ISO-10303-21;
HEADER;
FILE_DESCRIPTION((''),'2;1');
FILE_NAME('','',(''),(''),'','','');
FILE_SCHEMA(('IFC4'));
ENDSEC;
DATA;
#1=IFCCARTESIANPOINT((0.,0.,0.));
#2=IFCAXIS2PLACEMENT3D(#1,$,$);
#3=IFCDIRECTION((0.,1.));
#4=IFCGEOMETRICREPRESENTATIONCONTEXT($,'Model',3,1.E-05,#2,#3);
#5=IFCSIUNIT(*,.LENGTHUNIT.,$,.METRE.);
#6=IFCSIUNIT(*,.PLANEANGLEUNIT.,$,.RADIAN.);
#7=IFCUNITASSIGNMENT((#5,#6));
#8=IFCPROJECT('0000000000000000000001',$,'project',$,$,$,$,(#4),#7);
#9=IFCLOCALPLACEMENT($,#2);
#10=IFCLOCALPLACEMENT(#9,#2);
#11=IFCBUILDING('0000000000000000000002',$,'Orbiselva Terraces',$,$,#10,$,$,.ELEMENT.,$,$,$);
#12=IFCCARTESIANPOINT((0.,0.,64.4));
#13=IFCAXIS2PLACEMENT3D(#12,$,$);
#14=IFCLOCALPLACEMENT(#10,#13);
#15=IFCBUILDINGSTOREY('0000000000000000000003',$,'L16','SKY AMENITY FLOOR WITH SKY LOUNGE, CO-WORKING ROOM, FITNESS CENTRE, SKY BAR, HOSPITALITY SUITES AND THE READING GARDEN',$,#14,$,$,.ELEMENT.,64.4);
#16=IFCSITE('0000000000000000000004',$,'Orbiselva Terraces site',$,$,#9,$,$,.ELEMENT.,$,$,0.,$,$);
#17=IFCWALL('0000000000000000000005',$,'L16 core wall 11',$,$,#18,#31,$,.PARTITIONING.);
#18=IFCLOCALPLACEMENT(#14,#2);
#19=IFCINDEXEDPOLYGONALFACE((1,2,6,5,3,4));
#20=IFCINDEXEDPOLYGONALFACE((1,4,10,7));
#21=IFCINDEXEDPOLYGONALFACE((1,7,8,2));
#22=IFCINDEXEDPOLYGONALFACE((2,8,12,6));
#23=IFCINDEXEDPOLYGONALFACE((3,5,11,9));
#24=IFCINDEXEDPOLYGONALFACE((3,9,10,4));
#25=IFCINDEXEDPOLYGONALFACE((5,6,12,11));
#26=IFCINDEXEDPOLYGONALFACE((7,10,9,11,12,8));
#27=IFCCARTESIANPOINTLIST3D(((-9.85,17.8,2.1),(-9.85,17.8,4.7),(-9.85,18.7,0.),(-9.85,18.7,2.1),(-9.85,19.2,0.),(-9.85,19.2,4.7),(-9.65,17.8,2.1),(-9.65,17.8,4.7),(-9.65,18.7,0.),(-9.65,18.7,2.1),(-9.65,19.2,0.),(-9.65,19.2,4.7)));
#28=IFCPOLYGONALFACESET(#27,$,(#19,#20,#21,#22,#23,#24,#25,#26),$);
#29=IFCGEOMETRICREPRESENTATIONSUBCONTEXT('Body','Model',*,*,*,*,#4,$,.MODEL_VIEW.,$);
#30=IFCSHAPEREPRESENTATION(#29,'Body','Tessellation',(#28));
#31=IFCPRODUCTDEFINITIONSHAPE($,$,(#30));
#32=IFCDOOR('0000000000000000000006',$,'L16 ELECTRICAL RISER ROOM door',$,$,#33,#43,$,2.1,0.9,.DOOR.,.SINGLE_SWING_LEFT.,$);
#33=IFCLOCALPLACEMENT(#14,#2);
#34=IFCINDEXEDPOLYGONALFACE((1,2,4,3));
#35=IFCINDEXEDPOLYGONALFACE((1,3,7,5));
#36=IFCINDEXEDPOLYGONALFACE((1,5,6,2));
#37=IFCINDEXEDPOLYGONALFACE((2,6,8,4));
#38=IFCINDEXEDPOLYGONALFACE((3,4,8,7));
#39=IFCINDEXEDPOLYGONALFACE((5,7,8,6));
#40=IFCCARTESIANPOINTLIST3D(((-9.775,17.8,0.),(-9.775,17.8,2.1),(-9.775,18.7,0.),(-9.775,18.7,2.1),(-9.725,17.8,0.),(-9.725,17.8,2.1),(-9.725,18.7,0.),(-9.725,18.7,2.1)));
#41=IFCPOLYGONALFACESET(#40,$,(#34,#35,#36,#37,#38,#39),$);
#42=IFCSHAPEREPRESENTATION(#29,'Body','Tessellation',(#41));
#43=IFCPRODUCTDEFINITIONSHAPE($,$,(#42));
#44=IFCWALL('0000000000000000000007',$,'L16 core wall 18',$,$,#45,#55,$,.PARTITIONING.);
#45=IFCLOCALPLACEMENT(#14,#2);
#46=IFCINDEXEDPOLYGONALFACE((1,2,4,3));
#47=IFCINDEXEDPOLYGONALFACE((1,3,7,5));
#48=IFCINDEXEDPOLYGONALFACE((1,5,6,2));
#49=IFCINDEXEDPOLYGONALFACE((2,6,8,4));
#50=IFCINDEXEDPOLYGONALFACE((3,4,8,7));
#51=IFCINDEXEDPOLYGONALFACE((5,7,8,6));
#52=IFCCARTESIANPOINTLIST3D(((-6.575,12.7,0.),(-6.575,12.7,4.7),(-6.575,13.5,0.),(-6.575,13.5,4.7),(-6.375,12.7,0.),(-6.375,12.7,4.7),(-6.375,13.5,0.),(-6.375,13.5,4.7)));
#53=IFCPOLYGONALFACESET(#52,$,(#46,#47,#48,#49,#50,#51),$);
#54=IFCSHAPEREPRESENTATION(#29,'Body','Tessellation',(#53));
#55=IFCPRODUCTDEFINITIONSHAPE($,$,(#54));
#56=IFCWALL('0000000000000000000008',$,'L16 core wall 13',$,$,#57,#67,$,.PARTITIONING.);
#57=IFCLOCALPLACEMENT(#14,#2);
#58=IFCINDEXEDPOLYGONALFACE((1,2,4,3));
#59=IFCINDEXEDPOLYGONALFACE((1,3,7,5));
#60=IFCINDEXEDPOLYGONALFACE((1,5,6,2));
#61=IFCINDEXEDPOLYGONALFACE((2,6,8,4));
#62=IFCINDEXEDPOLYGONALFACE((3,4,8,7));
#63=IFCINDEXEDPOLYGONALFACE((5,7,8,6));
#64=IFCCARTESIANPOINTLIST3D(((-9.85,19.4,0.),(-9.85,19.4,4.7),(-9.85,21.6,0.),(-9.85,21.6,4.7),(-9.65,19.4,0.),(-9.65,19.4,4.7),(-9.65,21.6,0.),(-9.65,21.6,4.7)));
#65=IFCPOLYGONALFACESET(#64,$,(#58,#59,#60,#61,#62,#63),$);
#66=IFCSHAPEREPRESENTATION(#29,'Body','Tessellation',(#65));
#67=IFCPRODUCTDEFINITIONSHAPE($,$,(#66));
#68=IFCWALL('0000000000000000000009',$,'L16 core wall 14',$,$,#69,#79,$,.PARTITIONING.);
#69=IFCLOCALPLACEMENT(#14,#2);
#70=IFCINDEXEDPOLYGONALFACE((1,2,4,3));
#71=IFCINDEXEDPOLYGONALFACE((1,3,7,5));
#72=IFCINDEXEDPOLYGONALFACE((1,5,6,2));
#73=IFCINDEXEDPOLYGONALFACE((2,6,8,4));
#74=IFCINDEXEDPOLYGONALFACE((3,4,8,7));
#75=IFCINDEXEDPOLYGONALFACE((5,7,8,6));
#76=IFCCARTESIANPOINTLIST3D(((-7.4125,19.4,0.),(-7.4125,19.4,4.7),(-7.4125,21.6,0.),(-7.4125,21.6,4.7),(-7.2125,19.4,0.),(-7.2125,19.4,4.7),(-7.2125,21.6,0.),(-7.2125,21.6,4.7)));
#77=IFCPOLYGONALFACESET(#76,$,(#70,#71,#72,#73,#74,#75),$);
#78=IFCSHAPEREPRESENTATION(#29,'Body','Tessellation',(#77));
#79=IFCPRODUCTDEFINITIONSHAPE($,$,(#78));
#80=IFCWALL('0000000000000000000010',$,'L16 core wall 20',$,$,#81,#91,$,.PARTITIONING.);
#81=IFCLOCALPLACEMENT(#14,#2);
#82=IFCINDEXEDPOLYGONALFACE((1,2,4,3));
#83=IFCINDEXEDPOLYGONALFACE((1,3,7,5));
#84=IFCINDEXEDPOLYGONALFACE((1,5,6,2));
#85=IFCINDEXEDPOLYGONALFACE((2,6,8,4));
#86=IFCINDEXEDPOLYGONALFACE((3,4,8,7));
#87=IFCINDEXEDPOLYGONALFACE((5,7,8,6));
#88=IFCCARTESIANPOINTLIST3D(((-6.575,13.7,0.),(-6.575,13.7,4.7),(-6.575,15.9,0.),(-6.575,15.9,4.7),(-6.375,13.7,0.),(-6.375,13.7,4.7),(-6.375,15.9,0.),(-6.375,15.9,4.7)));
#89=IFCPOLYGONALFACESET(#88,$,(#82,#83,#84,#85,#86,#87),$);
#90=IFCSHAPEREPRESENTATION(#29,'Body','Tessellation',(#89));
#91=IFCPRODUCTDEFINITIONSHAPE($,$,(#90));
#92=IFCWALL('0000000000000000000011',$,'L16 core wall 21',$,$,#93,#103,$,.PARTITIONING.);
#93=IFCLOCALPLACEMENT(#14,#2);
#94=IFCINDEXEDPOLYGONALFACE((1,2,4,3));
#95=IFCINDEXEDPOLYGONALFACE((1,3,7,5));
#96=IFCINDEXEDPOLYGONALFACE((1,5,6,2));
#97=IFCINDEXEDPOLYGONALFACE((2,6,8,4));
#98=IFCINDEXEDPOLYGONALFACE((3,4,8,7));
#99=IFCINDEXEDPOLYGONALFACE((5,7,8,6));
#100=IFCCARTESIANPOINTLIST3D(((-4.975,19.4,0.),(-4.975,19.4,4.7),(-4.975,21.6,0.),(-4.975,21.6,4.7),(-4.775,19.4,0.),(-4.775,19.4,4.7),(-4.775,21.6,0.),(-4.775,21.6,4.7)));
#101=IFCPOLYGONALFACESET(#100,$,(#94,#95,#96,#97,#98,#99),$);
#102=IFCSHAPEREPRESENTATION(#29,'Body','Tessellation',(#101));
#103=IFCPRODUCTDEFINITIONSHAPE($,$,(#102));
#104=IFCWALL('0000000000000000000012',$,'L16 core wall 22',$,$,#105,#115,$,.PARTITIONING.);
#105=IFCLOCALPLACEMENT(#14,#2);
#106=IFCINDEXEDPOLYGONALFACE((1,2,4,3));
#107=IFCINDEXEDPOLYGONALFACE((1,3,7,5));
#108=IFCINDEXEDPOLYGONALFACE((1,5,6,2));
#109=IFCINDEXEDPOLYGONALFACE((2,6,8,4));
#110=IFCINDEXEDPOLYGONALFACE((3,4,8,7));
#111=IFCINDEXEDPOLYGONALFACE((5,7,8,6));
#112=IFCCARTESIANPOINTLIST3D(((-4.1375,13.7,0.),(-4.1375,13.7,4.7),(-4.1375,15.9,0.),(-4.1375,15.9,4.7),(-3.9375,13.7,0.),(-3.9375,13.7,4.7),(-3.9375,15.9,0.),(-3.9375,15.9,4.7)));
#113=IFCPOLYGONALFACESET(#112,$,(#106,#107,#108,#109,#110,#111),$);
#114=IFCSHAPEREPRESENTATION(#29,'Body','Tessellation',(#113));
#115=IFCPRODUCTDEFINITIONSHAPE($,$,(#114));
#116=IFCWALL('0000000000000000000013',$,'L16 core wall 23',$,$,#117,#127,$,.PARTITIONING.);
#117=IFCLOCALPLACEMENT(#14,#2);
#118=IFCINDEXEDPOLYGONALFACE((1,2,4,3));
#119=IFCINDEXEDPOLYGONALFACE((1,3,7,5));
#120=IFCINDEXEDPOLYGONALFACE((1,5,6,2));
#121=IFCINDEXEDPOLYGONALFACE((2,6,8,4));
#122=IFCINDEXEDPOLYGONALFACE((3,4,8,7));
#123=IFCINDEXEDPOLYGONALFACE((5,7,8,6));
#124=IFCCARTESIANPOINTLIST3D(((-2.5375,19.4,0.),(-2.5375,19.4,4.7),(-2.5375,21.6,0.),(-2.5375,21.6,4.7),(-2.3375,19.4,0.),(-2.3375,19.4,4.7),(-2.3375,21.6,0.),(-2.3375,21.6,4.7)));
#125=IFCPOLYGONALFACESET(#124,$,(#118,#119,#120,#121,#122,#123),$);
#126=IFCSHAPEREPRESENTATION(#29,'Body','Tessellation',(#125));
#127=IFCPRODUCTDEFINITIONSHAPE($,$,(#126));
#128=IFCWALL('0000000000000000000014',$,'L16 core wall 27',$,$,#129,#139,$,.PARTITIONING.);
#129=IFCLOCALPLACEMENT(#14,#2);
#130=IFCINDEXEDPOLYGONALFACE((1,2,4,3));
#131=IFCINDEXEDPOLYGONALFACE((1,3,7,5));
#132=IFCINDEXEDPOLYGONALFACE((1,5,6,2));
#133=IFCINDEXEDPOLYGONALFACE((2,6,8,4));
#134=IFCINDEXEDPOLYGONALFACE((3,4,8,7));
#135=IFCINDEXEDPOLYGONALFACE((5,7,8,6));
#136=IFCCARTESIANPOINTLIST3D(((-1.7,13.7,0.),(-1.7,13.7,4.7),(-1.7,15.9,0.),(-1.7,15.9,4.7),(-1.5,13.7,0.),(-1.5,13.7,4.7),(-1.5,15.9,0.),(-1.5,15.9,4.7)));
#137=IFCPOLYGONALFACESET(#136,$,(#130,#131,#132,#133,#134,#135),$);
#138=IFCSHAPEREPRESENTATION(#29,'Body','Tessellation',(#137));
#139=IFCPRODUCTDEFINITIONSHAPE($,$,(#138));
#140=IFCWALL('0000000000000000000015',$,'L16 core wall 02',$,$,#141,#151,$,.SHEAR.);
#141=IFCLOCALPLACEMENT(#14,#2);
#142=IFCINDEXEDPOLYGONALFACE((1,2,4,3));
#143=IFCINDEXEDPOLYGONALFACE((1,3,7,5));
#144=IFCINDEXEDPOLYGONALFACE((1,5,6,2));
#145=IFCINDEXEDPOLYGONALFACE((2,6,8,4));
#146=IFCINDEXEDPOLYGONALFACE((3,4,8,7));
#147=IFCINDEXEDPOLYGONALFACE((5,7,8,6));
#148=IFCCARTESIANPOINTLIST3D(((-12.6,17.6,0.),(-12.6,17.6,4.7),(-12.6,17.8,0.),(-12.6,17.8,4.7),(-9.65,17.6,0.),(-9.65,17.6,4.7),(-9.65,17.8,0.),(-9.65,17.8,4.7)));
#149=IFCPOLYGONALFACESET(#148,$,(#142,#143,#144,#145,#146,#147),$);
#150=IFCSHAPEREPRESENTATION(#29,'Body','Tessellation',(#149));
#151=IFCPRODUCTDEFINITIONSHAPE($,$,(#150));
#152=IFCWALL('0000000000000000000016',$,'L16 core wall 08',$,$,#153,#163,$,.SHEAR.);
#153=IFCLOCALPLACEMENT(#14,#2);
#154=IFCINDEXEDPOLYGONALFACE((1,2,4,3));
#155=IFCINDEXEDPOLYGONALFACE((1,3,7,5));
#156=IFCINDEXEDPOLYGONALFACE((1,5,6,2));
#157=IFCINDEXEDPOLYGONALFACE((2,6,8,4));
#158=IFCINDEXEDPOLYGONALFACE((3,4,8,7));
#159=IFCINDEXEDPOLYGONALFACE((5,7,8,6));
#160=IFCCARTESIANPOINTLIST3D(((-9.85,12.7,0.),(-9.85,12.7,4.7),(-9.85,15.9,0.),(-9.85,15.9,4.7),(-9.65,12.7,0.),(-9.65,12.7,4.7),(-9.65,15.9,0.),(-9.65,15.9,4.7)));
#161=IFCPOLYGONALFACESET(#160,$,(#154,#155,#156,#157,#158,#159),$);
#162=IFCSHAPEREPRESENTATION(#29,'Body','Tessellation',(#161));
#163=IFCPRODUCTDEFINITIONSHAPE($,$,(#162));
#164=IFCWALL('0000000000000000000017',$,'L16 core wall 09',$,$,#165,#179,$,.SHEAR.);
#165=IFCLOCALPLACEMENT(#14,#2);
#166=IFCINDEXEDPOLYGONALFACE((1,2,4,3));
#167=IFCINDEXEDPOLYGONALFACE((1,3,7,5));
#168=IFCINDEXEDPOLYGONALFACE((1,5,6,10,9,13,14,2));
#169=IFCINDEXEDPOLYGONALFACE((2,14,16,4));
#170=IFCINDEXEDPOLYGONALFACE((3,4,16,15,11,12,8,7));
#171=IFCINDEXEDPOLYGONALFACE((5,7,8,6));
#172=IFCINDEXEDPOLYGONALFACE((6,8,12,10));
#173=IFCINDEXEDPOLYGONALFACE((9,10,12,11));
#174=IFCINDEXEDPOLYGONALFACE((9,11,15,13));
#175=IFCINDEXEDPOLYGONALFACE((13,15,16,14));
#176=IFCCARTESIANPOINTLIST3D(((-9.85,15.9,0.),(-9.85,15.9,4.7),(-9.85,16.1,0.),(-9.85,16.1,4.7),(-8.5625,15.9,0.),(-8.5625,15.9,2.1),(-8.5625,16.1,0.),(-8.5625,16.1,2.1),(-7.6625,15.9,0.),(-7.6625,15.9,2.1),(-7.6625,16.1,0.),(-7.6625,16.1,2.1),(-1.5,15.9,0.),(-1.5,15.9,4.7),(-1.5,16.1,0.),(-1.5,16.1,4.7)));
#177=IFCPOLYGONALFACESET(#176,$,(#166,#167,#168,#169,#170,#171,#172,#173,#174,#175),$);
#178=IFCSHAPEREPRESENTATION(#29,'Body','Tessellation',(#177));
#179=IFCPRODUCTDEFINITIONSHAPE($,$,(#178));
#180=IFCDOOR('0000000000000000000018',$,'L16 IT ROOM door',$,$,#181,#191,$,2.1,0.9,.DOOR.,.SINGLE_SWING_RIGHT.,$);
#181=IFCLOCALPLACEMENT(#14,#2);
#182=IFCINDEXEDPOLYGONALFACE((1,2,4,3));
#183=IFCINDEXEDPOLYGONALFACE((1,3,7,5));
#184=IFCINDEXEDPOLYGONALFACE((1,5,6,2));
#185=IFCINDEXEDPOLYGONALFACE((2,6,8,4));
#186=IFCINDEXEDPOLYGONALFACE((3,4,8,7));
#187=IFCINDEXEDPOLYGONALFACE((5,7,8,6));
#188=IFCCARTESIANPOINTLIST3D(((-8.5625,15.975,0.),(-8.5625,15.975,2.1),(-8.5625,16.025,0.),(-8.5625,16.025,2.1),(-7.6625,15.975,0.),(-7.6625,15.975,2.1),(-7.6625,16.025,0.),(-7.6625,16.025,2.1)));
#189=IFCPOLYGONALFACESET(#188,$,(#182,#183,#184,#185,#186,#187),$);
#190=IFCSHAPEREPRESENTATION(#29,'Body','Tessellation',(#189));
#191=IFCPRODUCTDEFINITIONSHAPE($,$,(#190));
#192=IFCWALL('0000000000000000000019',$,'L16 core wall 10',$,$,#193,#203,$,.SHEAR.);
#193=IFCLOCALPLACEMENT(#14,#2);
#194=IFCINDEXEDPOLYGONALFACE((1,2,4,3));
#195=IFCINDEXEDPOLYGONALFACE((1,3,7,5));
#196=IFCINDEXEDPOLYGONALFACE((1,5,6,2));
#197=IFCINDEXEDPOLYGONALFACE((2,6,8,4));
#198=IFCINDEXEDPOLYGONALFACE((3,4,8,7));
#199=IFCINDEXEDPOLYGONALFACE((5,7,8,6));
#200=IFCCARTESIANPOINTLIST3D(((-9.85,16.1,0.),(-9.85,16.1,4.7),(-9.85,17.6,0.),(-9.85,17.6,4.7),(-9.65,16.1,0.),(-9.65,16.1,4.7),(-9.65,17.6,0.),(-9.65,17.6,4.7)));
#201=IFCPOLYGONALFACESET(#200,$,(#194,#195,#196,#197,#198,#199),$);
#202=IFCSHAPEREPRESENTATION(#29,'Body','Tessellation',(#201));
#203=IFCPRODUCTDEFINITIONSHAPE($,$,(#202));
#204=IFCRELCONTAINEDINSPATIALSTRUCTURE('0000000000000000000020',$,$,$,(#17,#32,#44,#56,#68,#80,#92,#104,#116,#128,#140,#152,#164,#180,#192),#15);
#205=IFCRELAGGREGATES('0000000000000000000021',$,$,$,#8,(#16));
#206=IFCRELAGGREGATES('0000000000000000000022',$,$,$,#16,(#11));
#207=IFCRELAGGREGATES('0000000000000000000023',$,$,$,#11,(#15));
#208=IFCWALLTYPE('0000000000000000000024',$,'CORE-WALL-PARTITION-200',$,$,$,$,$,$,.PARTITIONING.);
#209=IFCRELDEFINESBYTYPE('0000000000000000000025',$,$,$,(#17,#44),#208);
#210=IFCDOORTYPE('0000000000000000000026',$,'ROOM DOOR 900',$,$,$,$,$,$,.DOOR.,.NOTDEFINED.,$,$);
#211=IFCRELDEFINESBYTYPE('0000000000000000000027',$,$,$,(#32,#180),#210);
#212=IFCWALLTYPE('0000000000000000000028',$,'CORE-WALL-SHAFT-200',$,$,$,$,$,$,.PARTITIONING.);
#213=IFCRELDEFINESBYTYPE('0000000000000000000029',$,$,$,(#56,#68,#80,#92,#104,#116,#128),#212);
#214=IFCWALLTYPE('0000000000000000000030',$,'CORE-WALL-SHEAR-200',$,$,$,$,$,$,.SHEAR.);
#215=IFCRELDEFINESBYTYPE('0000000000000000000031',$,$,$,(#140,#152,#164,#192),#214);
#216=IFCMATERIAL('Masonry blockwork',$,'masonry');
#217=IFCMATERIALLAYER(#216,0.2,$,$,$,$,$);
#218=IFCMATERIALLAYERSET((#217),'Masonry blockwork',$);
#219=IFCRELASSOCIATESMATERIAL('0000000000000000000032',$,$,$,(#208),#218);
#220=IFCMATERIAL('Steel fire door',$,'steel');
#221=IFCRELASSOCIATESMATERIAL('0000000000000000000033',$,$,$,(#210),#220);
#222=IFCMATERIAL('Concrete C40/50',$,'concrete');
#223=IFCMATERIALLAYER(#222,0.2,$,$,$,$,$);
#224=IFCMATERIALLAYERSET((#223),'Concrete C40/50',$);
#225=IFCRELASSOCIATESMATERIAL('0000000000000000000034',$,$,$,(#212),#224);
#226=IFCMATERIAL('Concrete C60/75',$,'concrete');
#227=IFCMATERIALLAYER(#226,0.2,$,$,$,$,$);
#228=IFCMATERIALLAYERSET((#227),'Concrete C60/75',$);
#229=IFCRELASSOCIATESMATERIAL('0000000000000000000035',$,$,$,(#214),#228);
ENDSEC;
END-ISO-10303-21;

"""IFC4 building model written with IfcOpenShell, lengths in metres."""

from ifc_helpers import new_model, si_unit, direction, frame, frame_2d, origin, place, context, subcontext, project, spatial, rectangle, extrude, material, layer, layer_set, type_object, element, fill, save


model = new_model("IFC4")

# Units and contexts
model_context = context("Model", 3, precision=1e-05, world=origin(), true_north=direction((0.0, 1.0)))
body_context = subcontext(model_context, "Body", "Model", "MODEL_VIEW")
ifc_project = project(units=[si_unit("LENGTHUNIT", "METRE"), si_unit("PLANEANGLEUNIT", "RADIAN")], contexts=[model_context])

# Site, building, storey
site_placement = place(None, origin())
site = spatial("IfcSite", under=ifc_project, at=site_placement, Name="Orbiselva Terraces site", CompositionType="ELEMENT", RefElevation=0.0)
building_placement = place(site_placement, origin())
building = spatial("IfcBuilding", under=site, at=building_placement, Name="Orbiselva Terraces", CompositionType="ELEMENT")
storey_placement = place(building_placement, frame((0.0, 0.0, 64.4)))
storey = spatial("IfcBuildingStorey", under=building, at=storey_placement, Name="L16", Description="SKY AMENITY FLOOR WITH SKY LOUNGE, CO-WORKING ROOM, FITNESS CENTRE, SKY BAR, HOSPITALITY SUITES AND THE READING GARDEN", CompositionType="ELEMENT", Elevation=64.4)

# Wall, opening, door
ifc_material_1 = material(Name="Masonry blockwork", Category="masonry")
ifc_layer_1 = layer(ifc_material_1, 0.2)
ifc_layer_set_1 = layer_set([ifc_layer_1], Name="Masonry blockwork")
wall_type_1 = type_object("IfcWallType", Name="CORE-WALL-PARTITION-200", PredefinedType="PARTITIONING", material=ifc_layer_set_1)
wall_1_placement = place(storey_placement, frame((-9.75, 17.8, 0.0), z_axis=(0.0, 0.0, 1.0), x_axis=(0.0, 1.0, 0.0)))
wall_1 = element("IfcWall", 1, at=wall_1_placement, inside=storey, type_object=wall_type_1, Name="L16 core wall 11", PredefinedType="PARTITIONING", context=body_context, shape_type="SweptSolid", body=[
    extrude(rectangle(XDim=1.4, YDim=0.2, at=frame_2d((0.7, 0.0))), origin(), (0.0, 0.0, 1.0), 4.7),
])
opening_1_placement = place(wall_1_placement, origin())
opening_1 = element("IfcOpeningElement", 2, at=opening_1_placement, cuts=wall_1, PredefinedType="OPENING", context=body_context, shape_type="SweptSolid", body=[
    extrude(rectangle(XDim=0.9, YDim=2.1, at=frame_2d((0.45, 1.05))), frame((0.0, 0.11, 0.0), z_axis=(0.0, -1.0, 0.0), x_axis=(1.0, 0.0, 0.0)), (0.0, 0.0, 1.0), 0.22),
])
ifc_material_2 = material(Name="Steel fire door", Category="steel")
door_type_1 = type_object("IfcDoorType", Name="ROOM DOOR 900", OperationType="NOTDEFINED", PredefinedType="DOOR", material=ifc_material_2)
door_1_placement = place(opening_1_placement, origin())
door_1 = element("IfcDoor", 3, at=door_1_placement, inside=storey, type_object=door_type_1, Name="L16 ELECTRICAL RISER ROOM door", OperationType="SINGLE_SWING_LEFT", OverallHeight=2.1, OverallWidth=0.9, PredefinedType="DOOR", context=body_context, shape_type="SweptSolid", body=[
    extrude(rectangle(XDim=0.9, YDim=2.1, at=frame_2d((0.45, 1.05))), frame((0.0, 0.025, 0.0), z_axis=(0.0, -1.0, 0.0), x_axis=(1.0, 0.0, 0.0)), (0.0, 0.0, 1.0), 0.05),
])
fill(opening_1, door_1)

# Walls
wall_2_placement = place(storey_placement, frame((-6.475, 12.7, 0.0), z_axis=(0.0, 0.0, 1.0), x_axis=(0.0, 1.0, 0.0)))
element("IfcWall", 4, at=wall_2_placement, inside=storey, type_object=wall_type_1, Name="L16 core wall 18", PredefinedType="PARTITIONING", context=body_context, shape_type="SweptSolid", body=[
    extrude(rectangle(XDim=0.8, YDim=0.2, at=frame_2d((0.4, 0.0))), origin(), (0.0, 0.0, 1.0), 4.7),
])
ifc_material_3 = material(Name="Concrete C40/50", Category="concrete")
ifc_layer_2 = layer(ifc_material_3, 0.2)
ifc_layer_set_2 = layer_set([ifc_layer_2], Name="Concrete C40/50")
wall_type_2 = type_object("IfcWallType", Name="CORE-WALL-SHAFT-200", PredefinedType="PARTITIONING", material=ifc_layer_set_2)
for number, where, z_axis, x_axis, name in (
    (5, (-9.75, 19.4, 0.0), (0.0, 0.0, 1.0), (0.0, 1.0, 0.0), "L16 core wall 13"),
    (6, (-7.3125, 19.4, 0.0), (0.0, 0.0, 1.0), (0.0, 1.0, 0.0), "L16 core wall 14"),
    (7, (-6.475, 13.7, 0.0), (0.0, 0.0, 1.0), (0.0, 1.0, 0.0), "L16 core wall 20"),
    (8, (-4.875, 19.4, 0.0), (0.0, 0.0, 1.0), (0.0, 1.0, 0.0), "L16 core wall 21"),
    (9, (-4.0375, 13.7, 0.0), (0.0, 0.0, 1.0), (0.0, 1.0, 0.0), "L16 core wall 22"),
    (10, (-2.4375, 19.4, 0.0), (0.0, 0.0, 1.0), (0.0, 1.0, 0.0), "L16 core wall 23"),
    (11, (-1.6, 13.7, 0.0), (0.0, 0.0, 1.0), (0.0, 1.0, 0.0), "L16 core wall 27"),
):
    element("IfcWall", number, at=place(storey_placement, frame(where, z_axis=z_axis, x_axis=x_axis)), inside=storey, type_object=wall_type_2, Name=name, PredefinedType="PARTITIONING", context=body_context, shape_type="SweptSolid", body=[
        extrude(rectangle(XDim=2.2, YDim=0.2, at=frame_2d((1.1, 0.0))), origin(), (0.0, 0.0, 1.0), 4.7),
    ])
ifc_material_4 = material(Name="Concrete C60/75", Category="concrete")
ifc_layer_3 = layer(ifc_material_4, 0.2)
ifc_layer_set_3 = layer_set([ifc_layer_3], Name="Concrete C60/75")
wall_type_3 = type_object("IfcWallType", Name="CORE-WALL-SHEAR-200", PredefinedType="SHEAR", material=ifc_layer_set_3)
wall_3_placement = place(storey_placement, frame((-12.6, 17.7, 0.0), z_axis=(0.0, 0.0, 1.0), x_axis=(1.0, 0.0, 0.0)))
element("IfcWall", 12, at=wall_3_placement, inside=storey, type_object=wall_type_3, Name="L16 core wall 02", PredefinedType="SHEAR", context=body_context, shape_type="SweptSolid", body=[
    extrude(rectangle(XDim=2.95, YDim=0.2, at=frame_2d((1.475, 0.0))), origin(), (0.0, 0.0, 1.0), 4.7),
])
wall_4_placement = place(storey_placement, frame((-9.75, 12.7, 0.0), z_axis=(0.0, 0.0, 1.0), x_axis=(0.0, 1.0, 0.0)))
element("IfcWall", 13, at=wall_4_placement, inside=storey, type_object=wall_type_3, Name="L16 core wall 08", PredefinedType="SHEAR", context=body_context, shape_type="SweptSolid", body=[
    extrude(rectangle(XDim=3.2, YDim=0.2, at=frame_2d((1.6, 0.0))), origin(), (0.0, 0.0, 1.0), 4.7),
])

# Wall, opening, door
wall_5_placement = place(storey_placement, frame((-1.5, 16.0, 0.0), z_axis=(0.0, 0.0, 1.0), x_axis=(-1.0, 0.0, 0.0)))
wall_5 = element("IfcWall", 14, at=wall_5_placement, inside=storey, type_object=wall_type_3, Name="L16 core wall 09", PredefinedType="SHEAR", context=body_context, shape_type="SweptSolid", body=[
    extrude(rectangle(XDim=8.35, YDim=0.2, at=frame_2d((4.175, 0.0))), origin(), (0.0, 0.0, 1.0), 4.7),
])
opening_2_placement = place(wall_5_placement, frame((6.1625, 0.0, 0.0)))
opening_2 = element("IfcOpeningElement", 15, at=opening_2_placement, cuts=wall_5, PredefinedType="OPENING", context=body_context, shape_type="SweptSolid", body=[
    extrude(rectangle(XDim=0.9, YDim=2.1, at=frame_2d((0.45, 1.05))), frame((0.0, 0.11, 0.0), z_axis=(0.0, -1.0, 0.0), x_axis=(1.0, 0.0, 0.0)), (0.0, 0.0, 1.0), 0.22),
])
door_2_placement = place(opening_2_placement, origin())
door_2 = element("IfcDoor", 16, at=door_2_placement, inside=storey, type_object=door_type_1, Name="L16 IT ROOM door", OperationType="SINGLE_SWING_RIGHT", OverallHeight=2.1, OverallWidth=0.9, PredefinedType="DOOR", context=body_context, shape_type="SweptSolid", body=[
    extrude(rectangle(XDim=0.9, YDim=2.1, at=frame_2d((0.45, 1.05))), frame((0.0, 0.025, 0.0), z_axis=(0.0, -1.0, 0.0), x_axis=(1.0, 0.0, 0.0)), (0.0, 0.0, 1.0), 0.05),
])
fill(opening_2, door_2)

# Wall
wall_6_placement = place(storey_placement, frame((-9.75, 16.1, 0.0), z_axis=(0.0, 0.0, 1.0), x_axis=(0.0, 1.0, 0.0)))
element("IfcWall", 17, at=wall_6_placement, inside=storey, type_object=wall_type_3, Name="L16 core wall 10", PredefinedType="SHEAR", context=body_context, shape_type="SweptSolid", body=[
    extrude(rectangle(XDim=1.5, YDim=0.2, at=frame_2d((0.75, 0.0))), origin(), (0.0, 0.0, 1.0), 4.7),
])

save(model, "model.ifc")
